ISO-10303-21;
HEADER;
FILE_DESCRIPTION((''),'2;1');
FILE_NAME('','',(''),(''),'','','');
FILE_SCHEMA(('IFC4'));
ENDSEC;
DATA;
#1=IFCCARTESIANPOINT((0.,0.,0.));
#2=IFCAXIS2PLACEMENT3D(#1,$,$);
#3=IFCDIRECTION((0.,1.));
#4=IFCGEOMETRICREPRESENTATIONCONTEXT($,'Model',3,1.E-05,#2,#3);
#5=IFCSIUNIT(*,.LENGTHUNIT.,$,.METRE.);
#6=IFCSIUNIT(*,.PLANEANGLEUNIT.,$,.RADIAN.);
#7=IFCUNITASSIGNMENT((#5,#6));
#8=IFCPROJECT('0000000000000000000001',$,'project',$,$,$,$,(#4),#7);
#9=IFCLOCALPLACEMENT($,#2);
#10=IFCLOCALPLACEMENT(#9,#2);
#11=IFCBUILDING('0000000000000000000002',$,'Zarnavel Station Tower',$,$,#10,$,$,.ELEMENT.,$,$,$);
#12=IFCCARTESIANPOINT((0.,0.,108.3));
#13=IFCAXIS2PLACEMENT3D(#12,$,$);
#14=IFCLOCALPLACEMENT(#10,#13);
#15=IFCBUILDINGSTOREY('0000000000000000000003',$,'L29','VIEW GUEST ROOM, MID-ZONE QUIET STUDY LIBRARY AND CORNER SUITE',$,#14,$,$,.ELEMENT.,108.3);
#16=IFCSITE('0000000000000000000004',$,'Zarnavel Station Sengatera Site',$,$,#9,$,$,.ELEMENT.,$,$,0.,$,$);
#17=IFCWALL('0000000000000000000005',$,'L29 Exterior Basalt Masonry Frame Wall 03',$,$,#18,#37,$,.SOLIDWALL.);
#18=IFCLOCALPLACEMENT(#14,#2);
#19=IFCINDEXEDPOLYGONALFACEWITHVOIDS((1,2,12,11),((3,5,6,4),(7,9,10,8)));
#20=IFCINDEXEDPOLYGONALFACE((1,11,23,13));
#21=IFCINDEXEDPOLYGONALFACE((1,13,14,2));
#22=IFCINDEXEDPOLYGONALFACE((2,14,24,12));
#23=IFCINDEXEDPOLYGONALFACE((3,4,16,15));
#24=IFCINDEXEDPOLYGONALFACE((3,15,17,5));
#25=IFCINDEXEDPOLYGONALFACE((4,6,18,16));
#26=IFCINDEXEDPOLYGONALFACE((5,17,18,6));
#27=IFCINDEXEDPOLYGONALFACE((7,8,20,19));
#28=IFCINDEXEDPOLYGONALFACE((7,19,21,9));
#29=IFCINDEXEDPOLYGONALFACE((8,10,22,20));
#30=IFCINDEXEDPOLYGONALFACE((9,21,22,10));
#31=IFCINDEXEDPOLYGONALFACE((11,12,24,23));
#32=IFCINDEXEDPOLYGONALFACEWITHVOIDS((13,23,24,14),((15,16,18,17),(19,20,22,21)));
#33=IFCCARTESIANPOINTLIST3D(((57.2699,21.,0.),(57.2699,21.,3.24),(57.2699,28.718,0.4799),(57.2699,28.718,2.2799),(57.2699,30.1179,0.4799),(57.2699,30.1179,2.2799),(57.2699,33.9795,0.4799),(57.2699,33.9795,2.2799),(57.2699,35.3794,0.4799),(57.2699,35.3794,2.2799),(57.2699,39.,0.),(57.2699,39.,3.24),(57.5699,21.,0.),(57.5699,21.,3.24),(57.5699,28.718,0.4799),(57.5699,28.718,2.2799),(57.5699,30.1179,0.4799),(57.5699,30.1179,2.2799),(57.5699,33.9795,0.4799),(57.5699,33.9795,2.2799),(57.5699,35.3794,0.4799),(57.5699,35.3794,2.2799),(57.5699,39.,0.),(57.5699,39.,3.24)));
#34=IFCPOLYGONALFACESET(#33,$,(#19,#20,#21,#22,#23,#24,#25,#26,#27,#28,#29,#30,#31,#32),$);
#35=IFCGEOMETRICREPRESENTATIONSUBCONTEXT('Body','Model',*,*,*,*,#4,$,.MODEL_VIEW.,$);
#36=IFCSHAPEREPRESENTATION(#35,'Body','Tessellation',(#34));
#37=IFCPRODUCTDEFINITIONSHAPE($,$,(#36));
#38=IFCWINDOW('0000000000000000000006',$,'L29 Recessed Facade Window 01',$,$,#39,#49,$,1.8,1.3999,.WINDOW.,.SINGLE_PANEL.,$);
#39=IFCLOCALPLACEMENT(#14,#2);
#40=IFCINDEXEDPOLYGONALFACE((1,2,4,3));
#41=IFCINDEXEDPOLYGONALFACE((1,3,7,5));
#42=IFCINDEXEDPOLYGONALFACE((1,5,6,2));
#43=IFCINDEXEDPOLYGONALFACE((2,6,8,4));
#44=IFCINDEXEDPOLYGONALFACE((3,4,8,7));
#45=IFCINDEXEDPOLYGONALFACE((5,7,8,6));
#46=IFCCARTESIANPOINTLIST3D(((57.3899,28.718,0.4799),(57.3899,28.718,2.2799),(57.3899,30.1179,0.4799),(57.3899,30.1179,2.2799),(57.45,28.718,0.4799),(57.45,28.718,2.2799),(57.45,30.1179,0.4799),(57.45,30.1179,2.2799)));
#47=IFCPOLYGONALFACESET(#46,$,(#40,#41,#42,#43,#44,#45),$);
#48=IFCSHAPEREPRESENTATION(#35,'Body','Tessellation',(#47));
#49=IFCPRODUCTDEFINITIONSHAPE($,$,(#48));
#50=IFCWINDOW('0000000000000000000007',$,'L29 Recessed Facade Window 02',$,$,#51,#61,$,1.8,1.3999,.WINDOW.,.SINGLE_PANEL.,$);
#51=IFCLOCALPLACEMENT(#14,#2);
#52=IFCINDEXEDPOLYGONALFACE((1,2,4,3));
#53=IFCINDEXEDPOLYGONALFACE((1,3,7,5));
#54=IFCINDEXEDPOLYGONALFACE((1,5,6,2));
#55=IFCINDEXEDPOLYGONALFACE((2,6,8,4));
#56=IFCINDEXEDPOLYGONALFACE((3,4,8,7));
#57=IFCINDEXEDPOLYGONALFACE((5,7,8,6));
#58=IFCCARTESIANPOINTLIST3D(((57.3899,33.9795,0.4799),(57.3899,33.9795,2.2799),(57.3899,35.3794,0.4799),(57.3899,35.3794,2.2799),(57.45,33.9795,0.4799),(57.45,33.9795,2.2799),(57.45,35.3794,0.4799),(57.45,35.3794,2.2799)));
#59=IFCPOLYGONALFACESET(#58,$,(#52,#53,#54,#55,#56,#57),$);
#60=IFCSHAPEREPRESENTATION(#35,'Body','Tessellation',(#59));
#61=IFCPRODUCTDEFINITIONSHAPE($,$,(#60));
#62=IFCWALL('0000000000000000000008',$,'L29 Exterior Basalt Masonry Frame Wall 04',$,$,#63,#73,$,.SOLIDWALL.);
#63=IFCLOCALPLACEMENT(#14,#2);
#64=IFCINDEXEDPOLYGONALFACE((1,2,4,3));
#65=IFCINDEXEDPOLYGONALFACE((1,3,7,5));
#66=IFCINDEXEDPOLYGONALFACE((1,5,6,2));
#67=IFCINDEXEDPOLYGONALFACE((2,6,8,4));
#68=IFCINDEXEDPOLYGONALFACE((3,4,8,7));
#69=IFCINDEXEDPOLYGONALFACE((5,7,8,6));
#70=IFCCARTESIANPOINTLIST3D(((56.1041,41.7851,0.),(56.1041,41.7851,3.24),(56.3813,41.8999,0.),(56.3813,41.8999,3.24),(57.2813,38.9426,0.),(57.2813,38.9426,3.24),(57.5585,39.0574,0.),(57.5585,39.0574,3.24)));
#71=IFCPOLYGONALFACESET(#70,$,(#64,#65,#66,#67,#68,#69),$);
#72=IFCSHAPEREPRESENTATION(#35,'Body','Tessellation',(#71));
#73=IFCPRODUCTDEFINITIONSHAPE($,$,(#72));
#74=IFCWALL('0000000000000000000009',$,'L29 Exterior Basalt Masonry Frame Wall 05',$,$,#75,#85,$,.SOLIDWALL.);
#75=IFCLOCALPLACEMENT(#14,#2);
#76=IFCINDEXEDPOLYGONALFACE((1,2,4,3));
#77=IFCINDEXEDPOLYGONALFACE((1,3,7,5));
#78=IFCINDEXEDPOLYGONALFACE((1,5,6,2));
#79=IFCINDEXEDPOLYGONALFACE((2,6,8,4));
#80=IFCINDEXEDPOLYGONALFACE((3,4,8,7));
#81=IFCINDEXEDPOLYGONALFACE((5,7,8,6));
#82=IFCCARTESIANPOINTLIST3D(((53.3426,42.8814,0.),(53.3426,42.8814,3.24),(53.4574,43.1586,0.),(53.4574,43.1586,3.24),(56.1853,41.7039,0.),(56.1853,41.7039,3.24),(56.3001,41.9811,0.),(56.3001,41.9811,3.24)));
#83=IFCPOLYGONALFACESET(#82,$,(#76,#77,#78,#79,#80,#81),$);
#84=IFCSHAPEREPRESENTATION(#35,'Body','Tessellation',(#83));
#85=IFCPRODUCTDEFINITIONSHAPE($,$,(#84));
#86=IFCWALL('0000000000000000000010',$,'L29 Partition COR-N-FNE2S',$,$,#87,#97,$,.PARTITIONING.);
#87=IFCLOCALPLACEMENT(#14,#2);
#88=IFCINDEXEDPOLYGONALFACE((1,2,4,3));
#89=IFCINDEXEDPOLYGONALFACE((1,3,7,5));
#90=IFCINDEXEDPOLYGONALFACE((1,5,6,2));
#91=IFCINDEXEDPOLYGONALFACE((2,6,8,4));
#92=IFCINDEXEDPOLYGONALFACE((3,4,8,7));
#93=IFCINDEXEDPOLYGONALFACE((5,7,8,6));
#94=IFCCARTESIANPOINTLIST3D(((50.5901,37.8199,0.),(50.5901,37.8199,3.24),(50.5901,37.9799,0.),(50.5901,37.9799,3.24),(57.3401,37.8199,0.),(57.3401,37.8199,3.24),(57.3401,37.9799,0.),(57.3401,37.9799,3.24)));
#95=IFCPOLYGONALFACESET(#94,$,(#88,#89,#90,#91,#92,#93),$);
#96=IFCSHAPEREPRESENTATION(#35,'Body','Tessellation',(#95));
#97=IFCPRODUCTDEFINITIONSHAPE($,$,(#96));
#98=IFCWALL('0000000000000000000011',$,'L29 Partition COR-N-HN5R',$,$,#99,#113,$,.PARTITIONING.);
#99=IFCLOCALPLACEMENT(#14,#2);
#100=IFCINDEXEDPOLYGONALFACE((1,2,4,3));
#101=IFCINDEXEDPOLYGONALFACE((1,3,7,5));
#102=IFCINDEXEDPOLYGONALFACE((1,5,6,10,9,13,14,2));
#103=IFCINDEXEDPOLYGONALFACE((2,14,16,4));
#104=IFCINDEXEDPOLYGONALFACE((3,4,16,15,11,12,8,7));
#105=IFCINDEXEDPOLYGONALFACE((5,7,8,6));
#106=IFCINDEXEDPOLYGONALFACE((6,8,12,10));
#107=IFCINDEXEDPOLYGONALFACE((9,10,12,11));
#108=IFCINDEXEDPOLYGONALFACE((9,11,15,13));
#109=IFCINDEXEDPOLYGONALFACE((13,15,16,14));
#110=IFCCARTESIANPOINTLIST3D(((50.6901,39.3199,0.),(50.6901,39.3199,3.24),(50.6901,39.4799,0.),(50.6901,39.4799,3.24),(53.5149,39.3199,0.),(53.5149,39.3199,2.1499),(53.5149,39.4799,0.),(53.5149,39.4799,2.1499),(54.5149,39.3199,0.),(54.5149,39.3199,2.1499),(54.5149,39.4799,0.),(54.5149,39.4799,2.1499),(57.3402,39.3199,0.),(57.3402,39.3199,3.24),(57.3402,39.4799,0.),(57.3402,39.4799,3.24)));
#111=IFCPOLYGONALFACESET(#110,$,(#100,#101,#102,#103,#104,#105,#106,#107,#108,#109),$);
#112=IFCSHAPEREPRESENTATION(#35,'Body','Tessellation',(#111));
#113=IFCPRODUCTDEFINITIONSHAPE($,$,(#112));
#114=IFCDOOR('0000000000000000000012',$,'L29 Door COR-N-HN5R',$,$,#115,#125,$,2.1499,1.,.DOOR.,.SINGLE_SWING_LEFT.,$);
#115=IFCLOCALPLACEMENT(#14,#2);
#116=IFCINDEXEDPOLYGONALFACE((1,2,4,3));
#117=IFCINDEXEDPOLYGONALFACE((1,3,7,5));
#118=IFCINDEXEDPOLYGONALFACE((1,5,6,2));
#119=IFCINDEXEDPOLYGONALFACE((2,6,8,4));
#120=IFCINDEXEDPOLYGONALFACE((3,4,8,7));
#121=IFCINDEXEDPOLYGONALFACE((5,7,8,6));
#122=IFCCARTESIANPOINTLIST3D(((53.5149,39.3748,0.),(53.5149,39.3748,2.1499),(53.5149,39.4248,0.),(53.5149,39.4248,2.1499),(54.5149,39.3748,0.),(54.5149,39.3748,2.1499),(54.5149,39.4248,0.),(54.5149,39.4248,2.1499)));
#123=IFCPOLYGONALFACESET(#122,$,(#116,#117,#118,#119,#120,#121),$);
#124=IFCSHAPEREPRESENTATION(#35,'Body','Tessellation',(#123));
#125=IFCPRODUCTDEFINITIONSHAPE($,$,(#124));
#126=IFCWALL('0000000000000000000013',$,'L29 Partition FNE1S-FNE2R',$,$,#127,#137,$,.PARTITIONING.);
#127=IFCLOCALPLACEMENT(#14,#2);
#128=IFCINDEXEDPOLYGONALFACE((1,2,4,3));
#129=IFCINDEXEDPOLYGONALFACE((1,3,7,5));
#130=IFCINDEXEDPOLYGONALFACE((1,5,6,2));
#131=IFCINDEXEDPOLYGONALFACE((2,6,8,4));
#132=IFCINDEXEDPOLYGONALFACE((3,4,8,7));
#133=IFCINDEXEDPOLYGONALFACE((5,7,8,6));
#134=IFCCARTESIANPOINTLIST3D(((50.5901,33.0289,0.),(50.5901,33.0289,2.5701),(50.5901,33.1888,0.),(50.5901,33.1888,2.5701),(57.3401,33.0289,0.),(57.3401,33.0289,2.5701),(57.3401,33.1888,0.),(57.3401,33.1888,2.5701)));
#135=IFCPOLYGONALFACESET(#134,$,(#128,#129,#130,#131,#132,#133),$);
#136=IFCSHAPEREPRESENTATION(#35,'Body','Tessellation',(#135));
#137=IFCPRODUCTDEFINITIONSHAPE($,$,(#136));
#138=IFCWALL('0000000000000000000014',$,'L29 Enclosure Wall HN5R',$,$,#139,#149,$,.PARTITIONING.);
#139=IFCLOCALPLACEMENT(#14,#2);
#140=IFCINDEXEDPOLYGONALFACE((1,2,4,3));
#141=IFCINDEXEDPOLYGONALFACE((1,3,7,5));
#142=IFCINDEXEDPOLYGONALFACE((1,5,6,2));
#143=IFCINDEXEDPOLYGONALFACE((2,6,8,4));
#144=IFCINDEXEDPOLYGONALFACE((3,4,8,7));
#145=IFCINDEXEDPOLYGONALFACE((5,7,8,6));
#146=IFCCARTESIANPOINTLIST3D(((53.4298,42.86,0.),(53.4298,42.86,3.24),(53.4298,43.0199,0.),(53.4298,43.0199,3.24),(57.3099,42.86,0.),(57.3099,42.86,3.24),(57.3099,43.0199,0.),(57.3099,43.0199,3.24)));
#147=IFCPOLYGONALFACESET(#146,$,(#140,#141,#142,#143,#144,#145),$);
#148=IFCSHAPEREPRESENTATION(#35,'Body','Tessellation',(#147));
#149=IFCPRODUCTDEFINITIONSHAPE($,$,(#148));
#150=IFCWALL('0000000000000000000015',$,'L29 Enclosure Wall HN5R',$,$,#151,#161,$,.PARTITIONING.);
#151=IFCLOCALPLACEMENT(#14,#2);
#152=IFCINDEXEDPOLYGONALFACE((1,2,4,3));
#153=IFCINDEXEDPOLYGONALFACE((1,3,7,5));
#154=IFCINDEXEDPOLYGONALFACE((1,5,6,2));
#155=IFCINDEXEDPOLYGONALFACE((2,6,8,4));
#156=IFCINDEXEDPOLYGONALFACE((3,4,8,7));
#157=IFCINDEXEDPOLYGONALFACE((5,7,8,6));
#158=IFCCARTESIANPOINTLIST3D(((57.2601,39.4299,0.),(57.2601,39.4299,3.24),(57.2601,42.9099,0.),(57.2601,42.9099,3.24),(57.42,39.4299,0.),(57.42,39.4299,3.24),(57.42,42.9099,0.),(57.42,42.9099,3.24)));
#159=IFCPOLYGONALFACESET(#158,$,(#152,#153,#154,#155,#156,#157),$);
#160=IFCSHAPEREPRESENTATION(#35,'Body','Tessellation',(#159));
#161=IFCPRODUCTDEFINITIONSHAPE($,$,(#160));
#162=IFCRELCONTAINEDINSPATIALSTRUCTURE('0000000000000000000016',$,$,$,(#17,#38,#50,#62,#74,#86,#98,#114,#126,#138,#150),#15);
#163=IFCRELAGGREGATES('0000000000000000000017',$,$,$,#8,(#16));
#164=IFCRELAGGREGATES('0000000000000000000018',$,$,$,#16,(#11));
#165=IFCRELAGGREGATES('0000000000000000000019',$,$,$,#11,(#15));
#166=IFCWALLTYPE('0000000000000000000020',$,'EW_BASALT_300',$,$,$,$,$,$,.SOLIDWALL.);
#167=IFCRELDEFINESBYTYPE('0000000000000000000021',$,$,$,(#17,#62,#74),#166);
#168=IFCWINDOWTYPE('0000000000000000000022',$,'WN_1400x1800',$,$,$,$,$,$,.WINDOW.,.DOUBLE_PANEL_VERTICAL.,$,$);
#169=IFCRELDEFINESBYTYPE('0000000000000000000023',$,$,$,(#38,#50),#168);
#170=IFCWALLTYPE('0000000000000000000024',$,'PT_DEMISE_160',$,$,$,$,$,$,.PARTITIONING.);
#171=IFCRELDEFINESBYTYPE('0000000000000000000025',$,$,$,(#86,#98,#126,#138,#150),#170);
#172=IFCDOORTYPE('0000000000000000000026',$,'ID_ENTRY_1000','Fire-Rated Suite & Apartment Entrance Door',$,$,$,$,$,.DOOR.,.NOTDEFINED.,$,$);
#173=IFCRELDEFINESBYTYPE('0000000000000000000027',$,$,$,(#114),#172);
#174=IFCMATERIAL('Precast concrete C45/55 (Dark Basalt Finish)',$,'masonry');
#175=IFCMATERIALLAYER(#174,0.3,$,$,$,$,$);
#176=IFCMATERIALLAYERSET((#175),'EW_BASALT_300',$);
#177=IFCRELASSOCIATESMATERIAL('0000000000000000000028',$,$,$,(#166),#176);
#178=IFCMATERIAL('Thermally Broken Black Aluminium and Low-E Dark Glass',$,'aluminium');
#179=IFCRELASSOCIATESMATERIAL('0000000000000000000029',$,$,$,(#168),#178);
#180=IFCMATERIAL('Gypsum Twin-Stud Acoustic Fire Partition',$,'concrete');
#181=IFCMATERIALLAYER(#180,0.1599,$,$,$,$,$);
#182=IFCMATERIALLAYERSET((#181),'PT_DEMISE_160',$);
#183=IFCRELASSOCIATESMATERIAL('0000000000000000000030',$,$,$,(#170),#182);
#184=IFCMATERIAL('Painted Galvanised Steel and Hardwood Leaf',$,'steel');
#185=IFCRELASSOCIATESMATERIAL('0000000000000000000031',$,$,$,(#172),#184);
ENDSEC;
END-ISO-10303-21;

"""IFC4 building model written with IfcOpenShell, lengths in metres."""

from ifc_helpers import new_model, si_unit, direction, frame, frame_2d, origin, place, context, subcontext, project, spatial, rectangle, extrude, material, layer, layer_set, type_object, element, fill, save


model = new_model("IFC4")

# Units and contexts
model_context = context("Model", 3, precision=1e-05, world=origin(), true_north=direction((0.0, 1.0)))
body_context = subcontext(model_context, "Body", "Model", "MODEL_VIEW")
ifc_project = project(units=[si_unit("LENGTHUNIT", "METRE"), si_unit("PLANEANGLEUNIT", "RADIAN")], contexts=[model_context])

# Site, building, storey
site_placement = place(None, origin())
site = spatial("IfcSite", under=ifc_project, at=site_placement, Name="Zarnavel Station Sengatera Site", CompositionType="ELEMENT", RefElevation=0.0)
building_placement = place(site_placement, origin())
building = spatial("IfcBuilding", under=site, at=building_placement, Name="Zarnavel Station Tower", CompositionType="ELEMENT")
storey_placement = place(building_placement, frame((0.0, 0.0, 108.3)))
storey = spatial("IfcBuildingStorey", under=building, at=storey_placement, Name="L29", Description="VIEW GUEST ROOM, MID-ZONE QUIET STUDY LIBRARY AND CORNER SUITE", CompositionType="ELEMENT", Elevation=108.3)

# Wall, openings, windows
ifc_material_1 = material(Name="Precast concrete C45/55 (Dark Basalt Finish)", Category="masonry")
ifc_layer_1 = layer(ifc_material_1, 0.3)
ifc_layer_set_1 = layer_set([ifc_layer_1], Name="EW_BASALT_300")
wall_type_1 = type_object("IfcWallType", Name="EW_BASALT_300", PredefinedType="SOLIDWALL", material=ifc_layer_set_1)
wall_1_placement = place(storey_placement, frame((57.4199, 39.0, 0.0), z_axis=(0.0, 0.0, 1.0), x_axis=(0.0, -1.0, 0.0)))
wall_1 = element("IfcWall", 1, at=wall_1_placement, inside=storey, type_object=wall_type_1, Name="L29 Exterior Basalt Masonry Frame Wall 03", PredefinedType="SOLIDWALL", context=body_context, shape_type="SweptSolid", body=[
    extrude(rectangle(XDim=18.0, YDim=0.3, at=frame_2d((9.0, 0.0))), origin(), (0.0, 0.0, 1.0), 3.24),
])
opening_1_placement = place(wall_1_placement, frame((8.8821, 0.0, 0.48)))
opening_1 = element("IfcOpeningElement", 2, at=opening_1_placement, cuts=wall_1, PredefinedType="OPENING", context=body_context, shape_type="SweptSolid", body=[
    extrude(rectangle(XDim=1.3999, YDim=1.8, at=frame_2d((0.7, 0.8999))), frame((0.0, 0.1599, 0.0), z_axis=(0.0, -1.0, 0.0), x_axis=(1.0, 0.0, 0.0)), (0.0, 0.0, 1.0), 0.3201),
])
opening_2_placement = place(wall_1_placement, frame((3.6206, 0.0, 0.48)))
opening_2 = element("IfcOpeningElement", 3, at=opening_2_placement, cuts=wall_1, PredefinedType="OPENING", context=body_context, shape_type="SweptSolid", body=[
    extrude(rectangle(XDim=1.3999, YDim=1.8, at=frame_2d((0.7, 0.8999))), frame((0.0, 0.1599, 0.0), z_axis=(0.0, -1.0, 0.0), x_axis=(1.0, 0.0, 0.0)), (0.0, 0.0, 1.0), 0.3201),
])
ifc_material_2 = material(Name="Thermally Broken Black Aluminium and Low-E Dark Glass", Category="aluminium")
window_type = type_object("IfcWindowType", Name="WN_1400x1800", PartitioningType="DOUBLE_PANEL_VERTICAL", PredefinedType="WINDOW", material=ifc_material_2)
window_1_placement = place(opening_1_placement, origin())
window_1 = element("IfcWindow", 4, at=window_1_placement, inside=storey, type_object=window_type, Name="L29 Recessed Facade Window 01", OverallHeight=1.8, OverallWidth=1.3999, PartitioningType="SINGLE_PANEL", PredefinedType="WINDOW", context=body_context, shape_type="SweptSolid", body=[
    extrude(rectangle(XDim=1.3999, YDim=1.8, at=frame_2d((0.7, 0.8999))), frame((0.0, 0.03, 0.0), z_axis=(0.0, -1.0, 0.0), x_axis=(1.0, 0.0, 0.0)), (0.0, 0.0, 1.0), 0.0601),
])
fill(opening_1, window_1)
window_2_placement = place(opening_2_placement, origin())
window_2 = element("IfcWindow", 5, at=window_2_placement, inside=storey, type_object=window_type, Name="L29 Recessed Facade Window 02", OverallHeight=1.8, OverallWidth=1.3999, PartitioningType="SINGLE_PANEL", PredefinedType="WINDOW", context=body_context, shape_type="SweptSolid", body=[
    extrude(rectangle(XDim=1.3999, YDim=1.8, at=frame_2d((0.7, 0.8999))), frame((0.0, 0.03, 0.0), z_axis=(0.0, -1.0, 0.0), x_axis=(1.0, 0.0, 0.0)), (0.0, 0.0, 1.0), 0.0601),
])
fill(opening_2, window_2)

# Walls
wall_2_placement = place(storey_placement, frame((56.2427, 41.8425, 0.0), z_axis=(0.0, 0.0, 1.0), x_axis=(0.382637, -0.923899, 0.0)))
element("IfcWall", 6, at=wall_2_placement, inside=storey, type_object=wall_type_1, Name="L29 Exterior Basalt Masonry Frame Wall 04", PredefinedType="SOLIDWALL", context=body_context, shape_type="SweptSolid", body=[
    extrude(rectangle(XDim=3.0767, YDim=0.3, at=frame_2d((1.5383, 0.0))), origin(), (0.0, 0.0, 1.0), 3.24),
])
wall_3_placement = place(storey_placement, frame((53.3999, 43.02, 0.0), z_axis=(0.0, 0.0, 1.0), x_axis=(0.923882, -0.382676, 0.0)))
element("IfcWall", 7, at=wall_3_placement, inside=storey, type_object=wall_type_1, Name="L29 Exterior Basalt Masonry Frame Wall 05", PredefinedType="SOLIDWALL", context=body_context, shape_type="SweptSolid", body=[
    extrude(rectangle(XDim=3.0769, YDim=0.3, at=frame_2d((1.5386, 0.0))), origin(), (0.0, 0.0, 1.0), 3.24),
])
ifc_material_3 = material(Name="Gypsum Twin-Stud Acoustic Fire Partition", Category="concrete")
ifc_layer_2 = layer(ifc_material_3, 0.1599)
ifc_layer_set_2 = layer_set([ifc_layer_2], Name="PT_DEMISE_160")
wall_type_2 = type_object("IfcWallType", Name="PT_DEMISE_160", PredefinedType="PARTITIONING", material=ifc_layer_set_2)
wall_4_placement = place(storey_placement, frame((50.5901, 37.8999, 0.0), z_axis=(0.0, 0.0, 1.0), x_axis=(1.0, 0.0, 0.0)))
element("IfcWall", 8, at=wall_4_placement, inside=storey, type_object=wall_type_2, Name="L29 Partition COR-N-FNE2S", PredefinedType="PARTITIONING", context=body_context, shape_type="SweptSolid", body=[
    extrude(rectangle(XDim=6.75, YDim=0.1599, at=frame_2d((3.375, 0.0))), origin(), (0.0, 0.0, 1.0), 3.24),
])

# Wall, opening, door
wall_5_placement = place(storey_placement, frame((50.6899, 39.3999, 0.0), z_axis=(0.0, 0.0, 1.0), x_axis=(1.0, 0.0, 0.0)))
wall_5 = element("IfcWall", 9, at=wall_5_placement, inside=storey, type_object=wall_type_2, Name="L29 Partition COR-N-HN5R", PredefinedType="PARTITIONING", context=body_context, shape_type="SweptSolid", body=[
    extrude(rectangle(XDim=6.6501, YDim=0.1599, at=frame_2d((3.3252, 0.0))), origin(), (0.0, 0.0, 1.0), 3.24),
])
opening_3_placement = place(wall_5_placement, frame((2.825, 0.0, 0.0)))
opening_3 = element("IfcOpeningElement", 10, at=opening_3_placement, cuts=wall_5, PredefinedType="OPENING", context=body_context, shape_type="SweptSolid", body=[
    extrude(rectangle(XDim=1.0, YDim=2.1499, at=frame_2d((0.5, 1.075))), frame((0.0, 0.0898, 0.0), z_axis=(0.0, -1.0, 0.0), x_axis=(1.0, 0.0, 0.0)), (0.0, 0.0, 1.0), 0.1799),
])
ifc_material_4 = material(Name="Painted Galvanised Steel and Hardwood Leaf", Category="steel")
door_type_1 = type_object("IfcDoorType", Name="ID_ENTRY_1000", Description="Fire-Rated Suite & Apartment Entrance Door", OperationType="NOTDEFINED", PredefinedType="DOOR", material=ifc_material_4)
door_1_placement = place(opening_3_placement, origin())
door_1 = element("IfcDoor", 11, at=door_1_placement, inside=storey, type_object=door_type_1, Name="L29 Door COR-N-HN5R", OperationType="SINGLE_SWING_LEFT", OverallHeight=2.1499, OverallWidth=1.0, PredefinedType="DOOR", context=body_context, shape_type="SweptSolid", body=[
    extrude(rectangle(XDim=1.0, YDim=2.1499, at=frame_2d((0.5, 1.075))), frame((0.0, 0.0249, 0.0), z_axis=(0.0, -1.0, 0.0), x_axis=(1.0, 0.0, 0.0)), (0.0, 0.0, 1.0), 0.05),
])
fill(opening_3, door_1)

# Walls
wall_6_placement = place(storey_placement, frame((50.5901, 33.1089, 0.0), z_axis=(0.0, 0.0, 1.0), x_axis=(1.0, 0.0, 0.0)))
element("IfcWall", 12, at=wall_6_placement, inside=storey, type_object=wall_type_2, Name="L29 Partition FNE1S-FNE2R", PredefinedType="PARTITIONING", context=body_context, shape_type="SweptSolid", body=[
    extrude(rectangle(XDim=6.75, YDim=0.1599, at=frame_2d((3.375, 0.0))), origin(), (0.0, 0.0, 1.0), 2.5701),
])
wall_7_placement = place(storey_placement, frame((53.4299, 42.9399, 0.0), z_axis=(0.0, 0.0, 1.0), x_axis=(1.0, 0.0, 0.0)))
element("IfcWall", 13, at=wall_7_placement, inside=storey, type_object=wall_type_2, Name="L29 Enclosure Wall HN5R", PredefinedType="PARTITIONING", context=body_context, shape_type="SweptSolid", body=[
    extrude(rectangle(XDim=3.8801, YDim=0.1599, at=frame_2d((1.9399, 0.0))), origin(), (0.0, 0.0, 1.0), 3.24),
])
wall_8_placement = place(storey_placement, frame((57.3401, 39.4299, 0.0), z_axis=(0.0, 0.0, 1.0), x_axis=(0.0, 1.0, 0.0)))
element("IfcWall", 14, at=wall_8_placement, inside=storey, type_object=wall_type_2, Name="L29 Enclosure Wall HN5R", PredefinedType="PARTITIONING", context=body_context, shape_type="SweptSolid", body=[
    extrude(rectangle(XDim=3.48, YDim=0.1599, at=frame_2d((1.74, 0.0))), origin(), (0.0, 0.0, 1.0), 3.24),
])

save(model, "model.ifc")
